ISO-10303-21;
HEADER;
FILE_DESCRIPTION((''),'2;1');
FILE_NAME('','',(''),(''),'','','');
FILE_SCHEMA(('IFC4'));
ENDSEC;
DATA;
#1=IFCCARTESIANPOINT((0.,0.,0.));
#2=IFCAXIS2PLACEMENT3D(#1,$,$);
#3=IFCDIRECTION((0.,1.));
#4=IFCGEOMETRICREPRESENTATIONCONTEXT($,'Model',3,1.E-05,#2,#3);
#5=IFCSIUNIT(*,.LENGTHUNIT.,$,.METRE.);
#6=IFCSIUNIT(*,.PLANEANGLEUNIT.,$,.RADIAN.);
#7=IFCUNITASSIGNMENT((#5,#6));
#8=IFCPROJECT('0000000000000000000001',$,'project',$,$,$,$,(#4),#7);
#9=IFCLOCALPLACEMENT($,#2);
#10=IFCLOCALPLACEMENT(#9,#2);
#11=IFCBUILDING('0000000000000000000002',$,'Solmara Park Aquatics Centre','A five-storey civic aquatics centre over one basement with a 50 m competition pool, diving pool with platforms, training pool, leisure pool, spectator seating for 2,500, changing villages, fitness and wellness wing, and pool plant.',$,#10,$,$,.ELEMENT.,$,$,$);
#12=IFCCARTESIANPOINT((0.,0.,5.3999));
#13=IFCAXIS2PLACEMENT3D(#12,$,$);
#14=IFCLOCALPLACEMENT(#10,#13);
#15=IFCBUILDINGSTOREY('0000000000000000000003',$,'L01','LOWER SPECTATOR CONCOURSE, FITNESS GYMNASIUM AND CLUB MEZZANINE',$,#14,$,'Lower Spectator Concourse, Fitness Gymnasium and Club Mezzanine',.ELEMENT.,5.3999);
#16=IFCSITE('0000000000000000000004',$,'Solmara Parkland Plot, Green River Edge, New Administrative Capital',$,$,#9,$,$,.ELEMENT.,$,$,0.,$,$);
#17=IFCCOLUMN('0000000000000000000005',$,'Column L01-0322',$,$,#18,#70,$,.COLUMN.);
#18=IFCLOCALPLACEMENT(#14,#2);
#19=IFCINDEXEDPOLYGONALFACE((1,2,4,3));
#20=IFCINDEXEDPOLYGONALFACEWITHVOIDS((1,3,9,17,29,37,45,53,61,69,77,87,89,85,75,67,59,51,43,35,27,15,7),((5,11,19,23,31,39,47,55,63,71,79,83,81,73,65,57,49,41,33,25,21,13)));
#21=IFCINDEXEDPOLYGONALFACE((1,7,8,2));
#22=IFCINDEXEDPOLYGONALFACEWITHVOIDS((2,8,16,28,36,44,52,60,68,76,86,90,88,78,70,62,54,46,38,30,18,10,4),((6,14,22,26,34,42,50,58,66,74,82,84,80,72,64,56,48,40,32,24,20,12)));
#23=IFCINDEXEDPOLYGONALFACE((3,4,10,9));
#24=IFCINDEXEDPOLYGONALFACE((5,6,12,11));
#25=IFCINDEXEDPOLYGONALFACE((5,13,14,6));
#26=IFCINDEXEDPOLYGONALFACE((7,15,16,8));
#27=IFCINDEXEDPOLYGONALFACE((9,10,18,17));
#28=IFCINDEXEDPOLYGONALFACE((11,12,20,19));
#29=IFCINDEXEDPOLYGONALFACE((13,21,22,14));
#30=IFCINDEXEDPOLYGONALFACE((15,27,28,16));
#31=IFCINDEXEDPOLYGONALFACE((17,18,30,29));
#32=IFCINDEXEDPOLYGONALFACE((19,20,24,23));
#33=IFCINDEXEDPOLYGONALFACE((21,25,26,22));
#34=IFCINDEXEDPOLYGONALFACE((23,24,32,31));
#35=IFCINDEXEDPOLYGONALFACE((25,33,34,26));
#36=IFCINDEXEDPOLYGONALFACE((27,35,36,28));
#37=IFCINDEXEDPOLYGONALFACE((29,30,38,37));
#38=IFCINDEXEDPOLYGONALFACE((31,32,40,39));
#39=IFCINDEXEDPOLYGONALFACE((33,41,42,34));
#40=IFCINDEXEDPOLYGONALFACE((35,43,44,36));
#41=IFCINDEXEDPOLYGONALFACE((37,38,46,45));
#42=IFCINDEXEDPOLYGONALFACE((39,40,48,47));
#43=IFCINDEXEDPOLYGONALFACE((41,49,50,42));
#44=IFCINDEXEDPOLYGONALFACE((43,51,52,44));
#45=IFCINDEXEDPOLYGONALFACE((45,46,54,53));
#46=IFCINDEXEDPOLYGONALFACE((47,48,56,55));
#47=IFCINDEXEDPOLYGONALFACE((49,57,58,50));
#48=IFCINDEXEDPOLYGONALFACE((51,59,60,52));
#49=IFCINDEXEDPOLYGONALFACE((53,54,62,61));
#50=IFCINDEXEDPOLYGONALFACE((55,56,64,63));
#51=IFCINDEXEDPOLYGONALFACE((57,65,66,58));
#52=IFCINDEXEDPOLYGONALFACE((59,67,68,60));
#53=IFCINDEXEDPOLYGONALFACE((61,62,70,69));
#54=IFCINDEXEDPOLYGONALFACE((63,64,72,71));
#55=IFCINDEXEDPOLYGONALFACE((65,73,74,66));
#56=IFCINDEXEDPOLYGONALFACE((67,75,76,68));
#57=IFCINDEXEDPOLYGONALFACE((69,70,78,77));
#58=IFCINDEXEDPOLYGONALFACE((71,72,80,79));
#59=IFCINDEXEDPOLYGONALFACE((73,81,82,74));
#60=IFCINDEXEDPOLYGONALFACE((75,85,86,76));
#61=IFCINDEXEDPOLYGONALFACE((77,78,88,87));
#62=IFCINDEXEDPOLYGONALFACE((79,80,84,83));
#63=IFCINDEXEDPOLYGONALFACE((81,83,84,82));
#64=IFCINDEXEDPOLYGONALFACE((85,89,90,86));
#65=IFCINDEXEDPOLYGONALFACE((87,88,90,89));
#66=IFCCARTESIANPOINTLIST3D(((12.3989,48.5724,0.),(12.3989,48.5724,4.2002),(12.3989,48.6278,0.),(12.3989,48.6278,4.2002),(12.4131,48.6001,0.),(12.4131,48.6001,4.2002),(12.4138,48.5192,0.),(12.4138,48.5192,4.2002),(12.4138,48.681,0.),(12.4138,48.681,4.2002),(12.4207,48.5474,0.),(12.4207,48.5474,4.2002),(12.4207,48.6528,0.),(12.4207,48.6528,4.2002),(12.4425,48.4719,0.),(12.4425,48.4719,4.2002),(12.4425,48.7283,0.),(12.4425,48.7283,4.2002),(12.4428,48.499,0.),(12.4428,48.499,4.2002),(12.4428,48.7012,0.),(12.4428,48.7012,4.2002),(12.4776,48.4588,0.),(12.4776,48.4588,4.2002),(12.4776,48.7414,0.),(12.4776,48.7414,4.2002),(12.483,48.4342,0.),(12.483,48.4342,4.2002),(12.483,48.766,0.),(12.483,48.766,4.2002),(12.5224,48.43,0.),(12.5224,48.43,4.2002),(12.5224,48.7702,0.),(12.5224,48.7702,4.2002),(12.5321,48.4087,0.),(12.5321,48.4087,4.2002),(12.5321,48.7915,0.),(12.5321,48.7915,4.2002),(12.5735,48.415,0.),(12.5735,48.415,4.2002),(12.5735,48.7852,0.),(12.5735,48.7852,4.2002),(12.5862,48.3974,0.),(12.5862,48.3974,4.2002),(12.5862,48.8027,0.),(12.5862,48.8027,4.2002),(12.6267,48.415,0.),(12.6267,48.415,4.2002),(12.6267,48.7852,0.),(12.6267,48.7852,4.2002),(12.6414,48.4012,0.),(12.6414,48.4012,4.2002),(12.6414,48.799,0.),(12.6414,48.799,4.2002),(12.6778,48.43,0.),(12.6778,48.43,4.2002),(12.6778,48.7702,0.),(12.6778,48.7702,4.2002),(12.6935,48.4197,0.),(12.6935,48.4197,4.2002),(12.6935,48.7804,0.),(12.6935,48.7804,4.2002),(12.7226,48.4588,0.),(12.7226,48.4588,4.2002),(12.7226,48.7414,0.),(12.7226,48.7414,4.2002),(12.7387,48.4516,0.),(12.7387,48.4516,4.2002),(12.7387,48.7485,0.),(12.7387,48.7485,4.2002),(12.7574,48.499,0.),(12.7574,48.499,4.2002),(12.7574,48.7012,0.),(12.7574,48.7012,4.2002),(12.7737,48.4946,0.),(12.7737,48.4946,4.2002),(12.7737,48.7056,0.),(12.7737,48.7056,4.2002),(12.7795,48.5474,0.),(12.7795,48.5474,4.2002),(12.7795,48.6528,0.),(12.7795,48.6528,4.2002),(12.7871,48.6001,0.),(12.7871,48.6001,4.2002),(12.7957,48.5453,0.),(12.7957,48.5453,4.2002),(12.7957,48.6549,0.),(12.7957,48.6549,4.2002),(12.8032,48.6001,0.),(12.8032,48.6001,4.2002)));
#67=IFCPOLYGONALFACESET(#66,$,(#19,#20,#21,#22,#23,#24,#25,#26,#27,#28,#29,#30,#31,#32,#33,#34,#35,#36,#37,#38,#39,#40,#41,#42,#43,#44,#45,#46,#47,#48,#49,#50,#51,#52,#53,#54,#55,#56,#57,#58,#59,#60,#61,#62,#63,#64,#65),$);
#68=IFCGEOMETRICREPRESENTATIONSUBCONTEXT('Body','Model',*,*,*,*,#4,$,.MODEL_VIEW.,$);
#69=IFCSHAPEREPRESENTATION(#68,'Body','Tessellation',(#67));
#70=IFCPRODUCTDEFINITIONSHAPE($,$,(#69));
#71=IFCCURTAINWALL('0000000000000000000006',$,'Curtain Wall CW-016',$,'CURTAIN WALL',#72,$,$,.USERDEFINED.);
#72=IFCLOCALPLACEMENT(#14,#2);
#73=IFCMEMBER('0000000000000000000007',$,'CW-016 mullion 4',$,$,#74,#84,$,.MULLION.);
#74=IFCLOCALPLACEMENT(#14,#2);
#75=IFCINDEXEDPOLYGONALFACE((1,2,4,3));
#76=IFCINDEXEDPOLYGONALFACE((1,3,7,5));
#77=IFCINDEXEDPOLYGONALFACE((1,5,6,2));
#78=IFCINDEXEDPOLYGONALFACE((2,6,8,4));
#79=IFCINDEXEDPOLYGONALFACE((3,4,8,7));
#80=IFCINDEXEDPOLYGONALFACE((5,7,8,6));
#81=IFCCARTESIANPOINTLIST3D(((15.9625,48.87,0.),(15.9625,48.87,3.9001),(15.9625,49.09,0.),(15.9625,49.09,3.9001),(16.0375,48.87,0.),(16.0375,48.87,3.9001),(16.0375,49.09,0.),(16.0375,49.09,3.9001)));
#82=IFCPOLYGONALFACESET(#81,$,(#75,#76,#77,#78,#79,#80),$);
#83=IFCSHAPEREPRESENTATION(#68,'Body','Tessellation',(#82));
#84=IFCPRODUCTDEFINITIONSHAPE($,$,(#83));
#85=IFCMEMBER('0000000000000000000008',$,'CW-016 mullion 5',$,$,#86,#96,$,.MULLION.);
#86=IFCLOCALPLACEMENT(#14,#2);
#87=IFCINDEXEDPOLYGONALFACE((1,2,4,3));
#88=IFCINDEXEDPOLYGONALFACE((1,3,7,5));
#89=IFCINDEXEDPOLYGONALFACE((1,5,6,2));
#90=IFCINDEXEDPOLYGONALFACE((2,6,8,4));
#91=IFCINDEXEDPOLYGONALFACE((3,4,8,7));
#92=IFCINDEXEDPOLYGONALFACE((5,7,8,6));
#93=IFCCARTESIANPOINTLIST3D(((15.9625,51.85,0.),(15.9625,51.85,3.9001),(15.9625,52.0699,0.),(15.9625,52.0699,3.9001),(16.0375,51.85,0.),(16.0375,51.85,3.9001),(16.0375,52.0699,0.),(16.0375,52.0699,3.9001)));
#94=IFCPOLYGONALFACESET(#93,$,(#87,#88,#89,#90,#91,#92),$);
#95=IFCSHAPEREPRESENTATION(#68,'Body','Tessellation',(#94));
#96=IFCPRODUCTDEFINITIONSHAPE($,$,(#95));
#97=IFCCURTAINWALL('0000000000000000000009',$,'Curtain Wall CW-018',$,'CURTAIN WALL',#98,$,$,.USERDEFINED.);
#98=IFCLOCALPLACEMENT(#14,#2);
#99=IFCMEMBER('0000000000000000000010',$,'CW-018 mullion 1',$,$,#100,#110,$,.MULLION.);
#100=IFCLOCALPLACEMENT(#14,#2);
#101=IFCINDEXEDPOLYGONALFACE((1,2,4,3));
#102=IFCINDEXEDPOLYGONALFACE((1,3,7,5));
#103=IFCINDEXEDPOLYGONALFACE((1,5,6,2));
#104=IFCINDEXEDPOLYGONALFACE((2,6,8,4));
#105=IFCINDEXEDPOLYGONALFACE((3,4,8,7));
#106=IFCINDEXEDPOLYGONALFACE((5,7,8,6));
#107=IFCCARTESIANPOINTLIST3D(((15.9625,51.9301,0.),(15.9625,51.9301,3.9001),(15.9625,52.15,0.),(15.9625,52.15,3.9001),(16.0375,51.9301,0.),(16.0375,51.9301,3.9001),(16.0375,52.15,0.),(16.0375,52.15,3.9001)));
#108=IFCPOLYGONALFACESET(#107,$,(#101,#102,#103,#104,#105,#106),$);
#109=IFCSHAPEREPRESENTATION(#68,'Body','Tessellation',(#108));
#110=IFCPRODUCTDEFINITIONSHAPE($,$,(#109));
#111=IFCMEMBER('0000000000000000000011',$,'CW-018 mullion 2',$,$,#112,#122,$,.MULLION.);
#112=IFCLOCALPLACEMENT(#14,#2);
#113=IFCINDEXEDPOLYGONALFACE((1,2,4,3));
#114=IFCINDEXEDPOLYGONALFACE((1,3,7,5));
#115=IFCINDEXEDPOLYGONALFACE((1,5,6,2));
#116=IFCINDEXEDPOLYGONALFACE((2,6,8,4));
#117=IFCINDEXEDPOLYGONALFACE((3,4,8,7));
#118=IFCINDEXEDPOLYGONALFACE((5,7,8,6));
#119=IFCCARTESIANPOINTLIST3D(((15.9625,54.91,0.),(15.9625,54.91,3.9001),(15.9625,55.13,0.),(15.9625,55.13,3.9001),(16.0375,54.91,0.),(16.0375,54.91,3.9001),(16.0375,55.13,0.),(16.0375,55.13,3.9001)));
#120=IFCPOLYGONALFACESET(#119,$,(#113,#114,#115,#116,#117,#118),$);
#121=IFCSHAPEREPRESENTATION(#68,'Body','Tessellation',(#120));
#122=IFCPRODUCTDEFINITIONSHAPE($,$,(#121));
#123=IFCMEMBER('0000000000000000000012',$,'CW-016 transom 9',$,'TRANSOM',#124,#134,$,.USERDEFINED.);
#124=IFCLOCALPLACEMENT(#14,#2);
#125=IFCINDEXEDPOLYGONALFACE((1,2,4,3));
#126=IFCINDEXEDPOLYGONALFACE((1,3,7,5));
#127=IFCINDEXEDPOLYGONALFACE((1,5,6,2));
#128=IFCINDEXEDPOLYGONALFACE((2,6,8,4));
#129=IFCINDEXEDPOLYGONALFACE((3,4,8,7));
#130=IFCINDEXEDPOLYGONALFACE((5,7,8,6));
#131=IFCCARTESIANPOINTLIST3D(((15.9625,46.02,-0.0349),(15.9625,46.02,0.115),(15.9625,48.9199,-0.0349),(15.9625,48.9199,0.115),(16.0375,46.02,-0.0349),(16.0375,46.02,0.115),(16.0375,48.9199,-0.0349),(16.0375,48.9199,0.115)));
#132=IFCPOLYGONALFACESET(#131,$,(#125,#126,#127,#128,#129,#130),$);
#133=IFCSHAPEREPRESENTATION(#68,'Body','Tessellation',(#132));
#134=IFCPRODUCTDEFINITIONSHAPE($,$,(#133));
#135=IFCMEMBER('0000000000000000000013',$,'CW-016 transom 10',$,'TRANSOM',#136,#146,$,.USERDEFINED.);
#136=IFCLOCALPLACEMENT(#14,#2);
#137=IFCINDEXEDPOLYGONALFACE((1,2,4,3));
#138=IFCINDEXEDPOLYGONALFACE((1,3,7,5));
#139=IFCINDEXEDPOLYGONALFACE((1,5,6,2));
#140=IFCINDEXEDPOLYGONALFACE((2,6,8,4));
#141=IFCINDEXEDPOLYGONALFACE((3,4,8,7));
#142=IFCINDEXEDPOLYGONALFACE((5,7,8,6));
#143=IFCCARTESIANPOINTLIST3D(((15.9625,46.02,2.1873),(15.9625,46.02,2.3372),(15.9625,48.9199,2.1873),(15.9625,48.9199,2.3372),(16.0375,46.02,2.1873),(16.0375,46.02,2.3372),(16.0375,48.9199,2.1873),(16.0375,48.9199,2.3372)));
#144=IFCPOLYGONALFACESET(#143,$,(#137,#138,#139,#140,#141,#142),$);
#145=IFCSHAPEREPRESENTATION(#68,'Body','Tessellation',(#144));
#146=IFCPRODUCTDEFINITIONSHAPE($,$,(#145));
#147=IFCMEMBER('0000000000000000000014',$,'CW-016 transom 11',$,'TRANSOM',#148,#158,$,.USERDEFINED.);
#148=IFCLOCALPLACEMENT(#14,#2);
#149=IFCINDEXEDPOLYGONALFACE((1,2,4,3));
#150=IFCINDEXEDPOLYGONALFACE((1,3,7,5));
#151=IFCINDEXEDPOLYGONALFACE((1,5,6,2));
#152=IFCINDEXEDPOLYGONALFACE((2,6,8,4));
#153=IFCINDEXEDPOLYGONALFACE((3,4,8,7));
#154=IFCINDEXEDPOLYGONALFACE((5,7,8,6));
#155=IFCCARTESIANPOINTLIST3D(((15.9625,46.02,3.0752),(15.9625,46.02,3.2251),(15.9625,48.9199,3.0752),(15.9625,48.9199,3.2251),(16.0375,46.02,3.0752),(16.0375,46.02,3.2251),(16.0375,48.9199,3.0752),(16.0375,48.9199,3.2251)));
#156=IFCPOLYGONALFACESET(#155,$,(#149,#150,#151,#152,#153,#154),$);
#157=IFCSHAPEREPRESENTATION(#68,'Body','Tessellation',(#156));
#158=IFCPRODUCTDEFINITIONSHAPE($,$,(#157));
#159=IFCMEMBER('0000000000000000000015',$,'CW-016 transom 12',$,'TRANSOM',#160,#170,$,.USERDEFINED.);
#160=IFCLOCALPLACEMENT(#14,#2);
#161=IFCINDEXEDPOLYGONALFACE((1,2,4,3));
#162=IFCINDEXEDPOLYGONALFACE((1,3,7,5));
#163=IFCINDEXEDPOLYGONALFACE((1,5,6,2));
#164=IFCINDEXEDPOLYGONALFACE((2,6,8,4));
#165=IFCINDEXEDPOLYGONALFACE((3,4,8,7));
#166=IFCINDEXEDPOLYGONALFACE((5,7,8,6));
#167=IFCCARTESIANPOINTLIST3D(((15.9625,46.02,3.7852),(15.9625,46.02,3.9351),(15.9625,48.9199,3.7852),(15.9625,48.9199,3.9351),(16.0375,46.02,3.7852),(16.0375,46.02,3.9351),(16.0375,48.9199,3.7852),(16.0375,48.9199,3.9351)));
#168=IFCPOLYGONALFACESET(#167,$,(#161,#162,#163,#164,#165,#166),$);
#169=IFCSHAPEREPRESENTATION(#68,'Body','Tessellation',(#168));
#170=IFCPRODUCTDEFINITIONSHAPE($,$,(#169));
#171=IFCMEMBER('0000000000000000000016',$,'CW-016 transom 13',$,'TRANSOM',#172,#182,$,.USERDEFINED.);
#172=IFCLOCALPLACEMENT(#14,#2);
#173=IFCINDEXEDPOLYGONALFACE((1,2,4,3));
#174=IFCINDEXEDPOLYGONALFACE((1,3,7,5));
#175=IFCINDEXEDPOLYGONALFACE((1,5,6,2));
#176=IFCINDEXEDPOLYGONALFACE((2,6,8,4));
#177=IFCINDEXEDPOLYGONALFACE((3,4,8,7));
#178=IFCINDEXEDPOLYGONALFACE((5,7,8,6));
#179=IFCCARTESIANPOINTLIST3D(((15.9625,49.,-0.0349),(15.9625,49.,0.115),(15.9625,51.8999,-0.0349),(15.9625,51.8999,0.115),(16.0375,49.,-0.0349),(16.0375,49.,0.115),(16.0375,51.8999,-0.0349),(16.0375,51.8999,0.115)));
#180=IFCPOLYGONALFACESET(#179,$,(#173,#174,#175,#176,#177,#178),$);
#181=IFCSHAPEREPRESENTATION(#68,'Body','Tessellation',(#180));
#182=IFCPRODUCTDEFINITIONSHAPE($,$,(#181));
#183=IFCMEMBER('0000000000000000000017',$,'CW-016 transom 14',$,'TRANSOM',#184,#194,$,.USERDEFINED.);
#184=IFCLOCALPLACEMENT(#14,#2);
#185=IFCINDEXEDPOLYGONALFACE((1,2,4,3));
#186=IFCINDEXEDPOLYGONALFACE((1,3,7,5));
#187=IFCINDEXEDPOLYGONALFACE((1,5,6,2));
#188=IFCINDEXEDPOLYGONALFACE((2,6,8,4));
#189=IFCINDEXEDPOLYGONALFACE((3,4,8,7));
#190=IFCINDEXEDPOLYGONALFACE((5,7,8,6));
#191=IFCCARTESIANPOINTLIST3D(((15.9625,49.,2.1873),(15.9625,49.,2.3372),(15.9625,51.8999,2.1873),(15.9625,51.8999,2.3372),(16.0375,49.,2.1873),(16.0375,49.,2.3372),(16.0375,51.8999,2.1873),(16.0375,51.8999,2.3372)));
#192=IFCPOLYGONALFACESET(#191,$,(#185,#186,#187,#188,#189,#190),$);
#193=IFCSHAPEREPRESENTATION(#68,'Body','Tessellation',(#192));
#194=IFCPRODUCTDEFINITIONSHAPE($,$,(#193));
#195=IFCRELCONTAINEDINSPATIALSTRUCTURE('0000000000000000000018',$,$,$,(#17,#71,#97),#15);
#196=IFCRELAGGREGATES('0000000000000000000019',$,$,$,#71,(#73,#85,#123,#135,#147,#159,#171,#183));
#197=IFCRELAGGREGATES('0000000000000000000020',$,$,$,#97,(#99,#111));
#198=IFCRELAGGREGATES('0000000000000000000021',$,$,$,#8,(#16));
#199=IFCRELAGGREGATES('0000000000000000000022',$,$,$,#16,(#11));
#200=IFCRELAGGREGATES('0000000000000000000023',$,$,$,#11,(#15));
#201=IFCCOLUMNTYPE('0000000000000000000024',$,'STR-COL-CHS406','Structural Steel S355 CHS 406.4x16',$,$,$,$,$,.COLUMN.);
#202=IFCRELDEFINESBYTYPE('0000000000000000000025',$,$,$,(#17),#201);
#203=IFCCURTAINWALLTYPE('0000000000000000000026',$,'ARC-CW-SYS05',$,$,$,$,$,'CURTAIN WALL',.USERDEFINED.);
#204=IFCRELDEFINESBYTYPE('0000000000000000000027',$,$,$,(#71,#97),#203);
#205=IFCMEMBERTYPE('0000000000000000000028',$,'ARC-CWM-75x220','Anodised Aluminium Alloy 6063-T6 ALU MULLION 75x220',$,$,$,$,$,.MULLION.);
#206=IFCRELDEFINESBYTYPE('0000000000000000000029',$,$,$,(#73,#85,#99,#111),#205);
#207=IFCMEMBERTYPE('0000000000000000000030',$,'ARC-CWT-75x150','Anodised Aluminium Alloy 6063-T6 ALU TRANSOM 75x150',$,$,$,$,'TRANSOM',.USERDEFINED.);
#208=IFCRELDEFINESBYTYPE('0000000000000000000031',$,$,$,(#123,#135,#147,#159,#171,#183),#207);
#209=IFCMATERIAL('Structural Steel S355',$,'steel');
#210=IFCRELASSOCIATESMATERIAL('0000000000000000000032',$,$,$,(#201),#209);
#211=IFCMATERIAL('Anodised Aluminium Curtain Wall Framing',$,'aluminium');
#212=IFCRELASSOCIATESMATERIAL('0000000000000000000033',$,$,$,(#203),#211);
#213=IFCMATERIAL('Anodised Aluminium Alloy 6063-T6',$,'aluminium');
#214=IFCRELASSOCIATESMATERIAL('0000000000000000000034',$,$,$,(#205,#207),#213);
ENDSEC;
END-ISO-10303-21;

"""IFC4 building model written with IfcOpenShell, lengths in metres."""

from ifc_helpers import new_model, si_unit, direction, frame, origin, origin_2d, place, context, subcontext, project, spatial, rectangle, hollow_circle, extrude, material, material_profile, profile_set, type_object, element, aggregate, save


model = new_model("IFC4")

# Units and contexts
model_context = context("Model", 3, precision=1e-05, world=origin(), true_north=direction((0.0, 1.0)))
body_context = subcontext(model_context, "Body", "Model", "MODEL_VIEW")
ifc_project = project(units=[si_unit("LENGTHUNIT", "METRE"), si_unit("PLANEANGLEUNIT", "RADIAN")], contexts=[model_context])

# Site, building, storey
site_placement = place(None, origin())
site = spatial("IfcSite", under=ifc_project, at=site_placement, Name="Solmara Parkland Plot, Green River Edge, New Administrative Capital", CompositionType="ELEMENT", RefElevation=0.0)
building_placement = place(site_placement, origin())
building = spatial("IfcBuilding", under=site, at=building_placement, Name="Solmara Park Aquatics Centre", Description="A five-storey civic aquatics centre over one basement with a 50 m competition pool, diving pool with platforms, training pool, leisure pool, spectator seating for 2,500, changing villages, fitness and wellness wing, and pool plant.", CompositionType="ELEMENT")
storey_placement = place(building_placement, frame((0.0, 0.0, 5.3999)))
storey = spatial("IfcBuildingStorey", under=building, at=storey_placement, Name="L01", Description="LOWER SPECTATOR CONCOURSE, FITNESS GYMNASIUM AND CLUB MEZZANINE", LongName="Lower Spectator Concourse, Fitness Gymnasium and Club Mezzanine", CompositionType="ELEMENT", Elevation=5.3999)

# Column
ifc_material_1 = material(Name="Structural Steel S355", Category="steel")
ifc_material_profile_1 = material_profile(ifc_material_1, hollow_circle(Radius=0.2031, WallThickness=0.0161, at=origin_2d()), Name="CHS 406.4x16")
ifc_profile_set_1 = profile_set([ifc_material_profile_1], Name="Structural Steel S355")
column_type = type_object("IfcColumnType", Name="STR-COL-CHS406", Description="Structural Steel S355 CHS 406.4x16", PredefinedType="COLUMN", material=ifc_profile_set_1)
column_placement = place(storey_placement, frame((12.6001, 48.6001, 0.0), z_axis=(0.0, 0.0, 1.0), x_axis=(1.0, 0.0, 0.0)))
element("IfcColumn", 1, at=column_placement, inside=storey, type_object=column_type, Name="Column L01-0322", PredefinedType="COLUMN", context=body_context, shape_type="SweptSolid", body=[
    extrude(hollow_circle(Radius=0.2031, WallThickness=0.0161, at=origin_2d()), origin(), (0.0, 0.0, 1.0), 4.2002),
])

# Curtain walls, members
ifc_material_2 = material(Name="Anodised Aluminium Curtain Wall Framing", Category="aluminium")
curtain_wall_type = type_object("IfcCurtainWallType", Name="ARC-CW-SYS05", ElementType="CURTAIN WALL", PredefinedType="USERDEFINED", material=ifc_material_2)
curtain_wall_1_placement = place(storey_placement, origin())
curtain_wall_1 = element("IfcCurtainWall", 2, at=curtain_wall_1_placement, inside=storey, type_object=curtain_wall_type, Name="Curtain Wall CW-016", ObjectType="CURTAIN WALL", PredefinedType="USERDEFINED")
ifc_material_3 = material(Name="Anodised Aluminium Alloy 6063-T6", Category="aluminium")
ifc_material_profile_2 = material_profile(ifc_material_3, rectangle(XDim=0.075, YDim=0.22, at=origin_2d()), Name="ALU MULLION 75x220")
ifc_profile_set_2 = profile_set([ifc_material_profile_2], Name="Anodised Aluminium Alloy 6063-T6")
member_type_1 = type_object("IfcMemberType", Name="ARC-CWM-75x220", Description="Anodised Aluminium Alloy 6063-T6 ALU MULLION 75x220", PredefinedType="MULLION", material=ifc_profile_set_2)
member_1_placement = place(storey_placement, frame((16.0, 48.98, 0.0), z_axis=(0.0, 0.0, 1.0), x_axis=(1.0, 0.0, 0.0)))
member_1 = element("IfcMember", 3, at=member_1_placement, type_object=member_type_1, Name="CW-016 mullion 4", PredefinedType="MULLION", context=body_context, shape_type="SweptSolid", body=[
    extrude(rectangle(XDim=0.075, YDim=0.22, at=origin_2d()), origin(), (0.0, 0.0, 1.0), 3.9001),
])
member_2_placement = place(storey_placement, frame((16.0, 51.96, 0.0), z_axis=(0.0, 0.0, 1.0), x_axis=(1.0, 0.0, 0.0)))
member_2 = element("IfcMember", 4, at=member_2_placement, type_object=member_type_1, Name="CW-016 mullion 5", PredefinedType="MULLION", context=body_context, shape_type="SweptSolid", body=[
    extrude(rectangle(XDim=0.075, YDim=0.22, at=origin_2d()), origin(), (0.0, 0.0, 1.0), 3.9001),
])
curtain_wall_2_placement = place(storey_placement, origin())
curtain_wall_2 = element("IfcCurtainWall", 5, at=curtain_wall_2_placement, inside=storey, type_object=curtain_wall_type, Name="Curtain Wall CW-018", ObjectType="CURTAIN WALL", PredefinedType="USERDEFINED")
member_3_placement = place(storey_placement, frame((16.0, 52.04, 0.0), z_axis=(0.0, 0.0, 1.0), x_axis=(1.0, 0.0, 0.0)))
member_3 = element("IfcMember", 6, at=member_3_placement, type_object=member_type_1, Name="CW-018 mullion 1", PredefinedType="MULLION", context=body_context, shape_type="SweptSolid", body=[
    extrude(rectangle(XDim=0.075, YDim=0.22, at=origin_2d()), origin(), (0.0, 0.0, 1.0), 3.9001),
])
member_4_placement = place(storey_placement, frame((16.0, 55.02, 0.0), z_axis=(0.0, 0.0, 1.0), x_axis=(1.0, 0.0, 0.0)))
member_4 = element("IfcMember", 7, at=member_4_placement, type_object=member_type_1, Name="CW-018 mullion 2", PredefinedType="MULLION", context=body_context, shape_type="SweptSolid", body=[
    extrude(rectangle(XDim=0.075, YDim=0.22, at=origin_2d()), origin(), (0.0, 0.0, 1.0), 3.9001),
])

# Members
ifc_material_profile_3 = material_profile(ifc_material_3, rectangle(XDim=0.075, YDim=0.1499, at=origin_2d()), Name="ALU TRANSOM 75x150")
ifc_profile_set_3 = profile_set([ifc_material_profile_3], Name="Anodised Aluminium Alloy 6063-T6")
member_type_2 = type_object("IfcMemberType", Name="ARC-CWT-75x150", Description="Anodised Aluminium Alloy 6063-T6 ALU TRANSOM 75x150", ElementType="TRANSOM", PredefinedType="USERDEFINED", material=ifc_profile_set_3)
member_5_placement = place(storey_placement, frame((16.0, 46.02, 0.04), z_axis=(0.0, 1.0, 0.0), x_axis=(-1.0, 0.0, 0.0)))
member_5 = element("IfcMember", 8, at=member_5_placement, type_object=member_type_2, Name="CW-016 transom 9", ObjectType="TRANSOM", PredefinedType="USERDEFINED", context=body_context, shape_type="SweptSolid", body=[
    extrude(rectangle(XDim=0.075, YDim=0.1499, at=origin_2d()), origin(), (0.0, 0.0, 1.0), 2.8999),
])
member_6_placement = place(storey_placement, frame((16.0, 46.02, 2.2622), z_axis=(0.0, 1.0, 0.0), x_axis=(-1.0, 0.0, 0.0)))
member_6 = element("IfcMember", 9, at=member_6_placement, type_object=member_type_2, Name="CW-016 transom 10", ObjectType="TRANSOM", PredefinedType="USERDEFINED", context=body_context, shape_type="SweptSolid", body=[
    extrude(rectangle(XDim=0.075, YDim=0.1499, at=origin_2d()), origin(), (0.0, 0.0, 1.0), 2.8999),
])
member_7_placement = place(storey_placement, frame((16.0, 46.02, 3.1501), z_axis=(0.0, 1.0, 0.0), x_axis=(-1.0, 0.0, 0.0)))
member_7 = element("IfcMember", 10, at=member_7_placement, type_object=member_type_2, Name="CW-016 transom 11", ObjectType="TRANSOM", PredefinedType="USERDEFINED", context=body_context, shape_type="SweptSolid", body=[
    extrude(rectangle(XDim=0.075, YDim=0.1499, at=origin_2d()), origin(), (0.0, 0.0, 1.0), 2.8999),
])
member_8_placement = place(storey_placement, frame((16.0, 46.02, 3.8601), z_axis=(0.0, 1.0, 0.0), x_axis=(-1.0, 0.0, 0.0)))
member_8 = element("IfcMember", 11, at=member_8_placement, type_object=member_type_2, Name="CW-016 transom 12", ObjectType="TRANSOM", PredefinedType="USERDEFINED", context=body_context, shape_type="SweptSolid", body=[
    extrude(rectangle(XDim=0.075, YDim=0.1499, at=origin_2d()), origin(), (0.0, 0.0, 1.0), 2.8999),
])
member_9_placement = place(storey_placement, frame((16.0, 49.0, 0.04), z_axis=(0.0, 1.0, 0.0), x_axis=(-1.0, 0.0, 0.0)))
member_9 = element("IfcMember", 12, at=member_9_placement, type_object=member_type_2, Name="CW-016 transom 13", ObjectType="TRANSOM", PredefinedType="USERDEFINED", context=body_context, shape_type="SweptSolid", body=[
    extrude(rectangle(XDim=0.075, YDim=0.1499, at=origin_2d()), origin(), (0.0, 0.0, 1.0), 2.8999),
])
member_10_placement = place(storey_placement, frame((16.0, 49.0, 2.2622), z_axis=(0.0, 1.0, 0.0), x_axis=(-1.0, 0.0, 0.0)))
member_10 = element("IfcMember", 13, at=member_10_placement, type_object=member_type_2, Name="CW-016 transom 14", ObjectType="TRANSOM", PredefinedType="USERDEFINED", context=body_context, shape_type="SweptSolid", body=[
    extrude(rectangle(XDim=0.075, YDim=0.1499, at=origin_2d()), origin(), (0.0, 0.0, 1.0), 2.8999),
])

aggregate(curtain_wall_1, [member_1, member_2, member_5, member_6, member_7, member_8, member_9, member_10])
aggregate(curtain_wall_2, [member_3, member_4])

save(model, "model.ifc")
